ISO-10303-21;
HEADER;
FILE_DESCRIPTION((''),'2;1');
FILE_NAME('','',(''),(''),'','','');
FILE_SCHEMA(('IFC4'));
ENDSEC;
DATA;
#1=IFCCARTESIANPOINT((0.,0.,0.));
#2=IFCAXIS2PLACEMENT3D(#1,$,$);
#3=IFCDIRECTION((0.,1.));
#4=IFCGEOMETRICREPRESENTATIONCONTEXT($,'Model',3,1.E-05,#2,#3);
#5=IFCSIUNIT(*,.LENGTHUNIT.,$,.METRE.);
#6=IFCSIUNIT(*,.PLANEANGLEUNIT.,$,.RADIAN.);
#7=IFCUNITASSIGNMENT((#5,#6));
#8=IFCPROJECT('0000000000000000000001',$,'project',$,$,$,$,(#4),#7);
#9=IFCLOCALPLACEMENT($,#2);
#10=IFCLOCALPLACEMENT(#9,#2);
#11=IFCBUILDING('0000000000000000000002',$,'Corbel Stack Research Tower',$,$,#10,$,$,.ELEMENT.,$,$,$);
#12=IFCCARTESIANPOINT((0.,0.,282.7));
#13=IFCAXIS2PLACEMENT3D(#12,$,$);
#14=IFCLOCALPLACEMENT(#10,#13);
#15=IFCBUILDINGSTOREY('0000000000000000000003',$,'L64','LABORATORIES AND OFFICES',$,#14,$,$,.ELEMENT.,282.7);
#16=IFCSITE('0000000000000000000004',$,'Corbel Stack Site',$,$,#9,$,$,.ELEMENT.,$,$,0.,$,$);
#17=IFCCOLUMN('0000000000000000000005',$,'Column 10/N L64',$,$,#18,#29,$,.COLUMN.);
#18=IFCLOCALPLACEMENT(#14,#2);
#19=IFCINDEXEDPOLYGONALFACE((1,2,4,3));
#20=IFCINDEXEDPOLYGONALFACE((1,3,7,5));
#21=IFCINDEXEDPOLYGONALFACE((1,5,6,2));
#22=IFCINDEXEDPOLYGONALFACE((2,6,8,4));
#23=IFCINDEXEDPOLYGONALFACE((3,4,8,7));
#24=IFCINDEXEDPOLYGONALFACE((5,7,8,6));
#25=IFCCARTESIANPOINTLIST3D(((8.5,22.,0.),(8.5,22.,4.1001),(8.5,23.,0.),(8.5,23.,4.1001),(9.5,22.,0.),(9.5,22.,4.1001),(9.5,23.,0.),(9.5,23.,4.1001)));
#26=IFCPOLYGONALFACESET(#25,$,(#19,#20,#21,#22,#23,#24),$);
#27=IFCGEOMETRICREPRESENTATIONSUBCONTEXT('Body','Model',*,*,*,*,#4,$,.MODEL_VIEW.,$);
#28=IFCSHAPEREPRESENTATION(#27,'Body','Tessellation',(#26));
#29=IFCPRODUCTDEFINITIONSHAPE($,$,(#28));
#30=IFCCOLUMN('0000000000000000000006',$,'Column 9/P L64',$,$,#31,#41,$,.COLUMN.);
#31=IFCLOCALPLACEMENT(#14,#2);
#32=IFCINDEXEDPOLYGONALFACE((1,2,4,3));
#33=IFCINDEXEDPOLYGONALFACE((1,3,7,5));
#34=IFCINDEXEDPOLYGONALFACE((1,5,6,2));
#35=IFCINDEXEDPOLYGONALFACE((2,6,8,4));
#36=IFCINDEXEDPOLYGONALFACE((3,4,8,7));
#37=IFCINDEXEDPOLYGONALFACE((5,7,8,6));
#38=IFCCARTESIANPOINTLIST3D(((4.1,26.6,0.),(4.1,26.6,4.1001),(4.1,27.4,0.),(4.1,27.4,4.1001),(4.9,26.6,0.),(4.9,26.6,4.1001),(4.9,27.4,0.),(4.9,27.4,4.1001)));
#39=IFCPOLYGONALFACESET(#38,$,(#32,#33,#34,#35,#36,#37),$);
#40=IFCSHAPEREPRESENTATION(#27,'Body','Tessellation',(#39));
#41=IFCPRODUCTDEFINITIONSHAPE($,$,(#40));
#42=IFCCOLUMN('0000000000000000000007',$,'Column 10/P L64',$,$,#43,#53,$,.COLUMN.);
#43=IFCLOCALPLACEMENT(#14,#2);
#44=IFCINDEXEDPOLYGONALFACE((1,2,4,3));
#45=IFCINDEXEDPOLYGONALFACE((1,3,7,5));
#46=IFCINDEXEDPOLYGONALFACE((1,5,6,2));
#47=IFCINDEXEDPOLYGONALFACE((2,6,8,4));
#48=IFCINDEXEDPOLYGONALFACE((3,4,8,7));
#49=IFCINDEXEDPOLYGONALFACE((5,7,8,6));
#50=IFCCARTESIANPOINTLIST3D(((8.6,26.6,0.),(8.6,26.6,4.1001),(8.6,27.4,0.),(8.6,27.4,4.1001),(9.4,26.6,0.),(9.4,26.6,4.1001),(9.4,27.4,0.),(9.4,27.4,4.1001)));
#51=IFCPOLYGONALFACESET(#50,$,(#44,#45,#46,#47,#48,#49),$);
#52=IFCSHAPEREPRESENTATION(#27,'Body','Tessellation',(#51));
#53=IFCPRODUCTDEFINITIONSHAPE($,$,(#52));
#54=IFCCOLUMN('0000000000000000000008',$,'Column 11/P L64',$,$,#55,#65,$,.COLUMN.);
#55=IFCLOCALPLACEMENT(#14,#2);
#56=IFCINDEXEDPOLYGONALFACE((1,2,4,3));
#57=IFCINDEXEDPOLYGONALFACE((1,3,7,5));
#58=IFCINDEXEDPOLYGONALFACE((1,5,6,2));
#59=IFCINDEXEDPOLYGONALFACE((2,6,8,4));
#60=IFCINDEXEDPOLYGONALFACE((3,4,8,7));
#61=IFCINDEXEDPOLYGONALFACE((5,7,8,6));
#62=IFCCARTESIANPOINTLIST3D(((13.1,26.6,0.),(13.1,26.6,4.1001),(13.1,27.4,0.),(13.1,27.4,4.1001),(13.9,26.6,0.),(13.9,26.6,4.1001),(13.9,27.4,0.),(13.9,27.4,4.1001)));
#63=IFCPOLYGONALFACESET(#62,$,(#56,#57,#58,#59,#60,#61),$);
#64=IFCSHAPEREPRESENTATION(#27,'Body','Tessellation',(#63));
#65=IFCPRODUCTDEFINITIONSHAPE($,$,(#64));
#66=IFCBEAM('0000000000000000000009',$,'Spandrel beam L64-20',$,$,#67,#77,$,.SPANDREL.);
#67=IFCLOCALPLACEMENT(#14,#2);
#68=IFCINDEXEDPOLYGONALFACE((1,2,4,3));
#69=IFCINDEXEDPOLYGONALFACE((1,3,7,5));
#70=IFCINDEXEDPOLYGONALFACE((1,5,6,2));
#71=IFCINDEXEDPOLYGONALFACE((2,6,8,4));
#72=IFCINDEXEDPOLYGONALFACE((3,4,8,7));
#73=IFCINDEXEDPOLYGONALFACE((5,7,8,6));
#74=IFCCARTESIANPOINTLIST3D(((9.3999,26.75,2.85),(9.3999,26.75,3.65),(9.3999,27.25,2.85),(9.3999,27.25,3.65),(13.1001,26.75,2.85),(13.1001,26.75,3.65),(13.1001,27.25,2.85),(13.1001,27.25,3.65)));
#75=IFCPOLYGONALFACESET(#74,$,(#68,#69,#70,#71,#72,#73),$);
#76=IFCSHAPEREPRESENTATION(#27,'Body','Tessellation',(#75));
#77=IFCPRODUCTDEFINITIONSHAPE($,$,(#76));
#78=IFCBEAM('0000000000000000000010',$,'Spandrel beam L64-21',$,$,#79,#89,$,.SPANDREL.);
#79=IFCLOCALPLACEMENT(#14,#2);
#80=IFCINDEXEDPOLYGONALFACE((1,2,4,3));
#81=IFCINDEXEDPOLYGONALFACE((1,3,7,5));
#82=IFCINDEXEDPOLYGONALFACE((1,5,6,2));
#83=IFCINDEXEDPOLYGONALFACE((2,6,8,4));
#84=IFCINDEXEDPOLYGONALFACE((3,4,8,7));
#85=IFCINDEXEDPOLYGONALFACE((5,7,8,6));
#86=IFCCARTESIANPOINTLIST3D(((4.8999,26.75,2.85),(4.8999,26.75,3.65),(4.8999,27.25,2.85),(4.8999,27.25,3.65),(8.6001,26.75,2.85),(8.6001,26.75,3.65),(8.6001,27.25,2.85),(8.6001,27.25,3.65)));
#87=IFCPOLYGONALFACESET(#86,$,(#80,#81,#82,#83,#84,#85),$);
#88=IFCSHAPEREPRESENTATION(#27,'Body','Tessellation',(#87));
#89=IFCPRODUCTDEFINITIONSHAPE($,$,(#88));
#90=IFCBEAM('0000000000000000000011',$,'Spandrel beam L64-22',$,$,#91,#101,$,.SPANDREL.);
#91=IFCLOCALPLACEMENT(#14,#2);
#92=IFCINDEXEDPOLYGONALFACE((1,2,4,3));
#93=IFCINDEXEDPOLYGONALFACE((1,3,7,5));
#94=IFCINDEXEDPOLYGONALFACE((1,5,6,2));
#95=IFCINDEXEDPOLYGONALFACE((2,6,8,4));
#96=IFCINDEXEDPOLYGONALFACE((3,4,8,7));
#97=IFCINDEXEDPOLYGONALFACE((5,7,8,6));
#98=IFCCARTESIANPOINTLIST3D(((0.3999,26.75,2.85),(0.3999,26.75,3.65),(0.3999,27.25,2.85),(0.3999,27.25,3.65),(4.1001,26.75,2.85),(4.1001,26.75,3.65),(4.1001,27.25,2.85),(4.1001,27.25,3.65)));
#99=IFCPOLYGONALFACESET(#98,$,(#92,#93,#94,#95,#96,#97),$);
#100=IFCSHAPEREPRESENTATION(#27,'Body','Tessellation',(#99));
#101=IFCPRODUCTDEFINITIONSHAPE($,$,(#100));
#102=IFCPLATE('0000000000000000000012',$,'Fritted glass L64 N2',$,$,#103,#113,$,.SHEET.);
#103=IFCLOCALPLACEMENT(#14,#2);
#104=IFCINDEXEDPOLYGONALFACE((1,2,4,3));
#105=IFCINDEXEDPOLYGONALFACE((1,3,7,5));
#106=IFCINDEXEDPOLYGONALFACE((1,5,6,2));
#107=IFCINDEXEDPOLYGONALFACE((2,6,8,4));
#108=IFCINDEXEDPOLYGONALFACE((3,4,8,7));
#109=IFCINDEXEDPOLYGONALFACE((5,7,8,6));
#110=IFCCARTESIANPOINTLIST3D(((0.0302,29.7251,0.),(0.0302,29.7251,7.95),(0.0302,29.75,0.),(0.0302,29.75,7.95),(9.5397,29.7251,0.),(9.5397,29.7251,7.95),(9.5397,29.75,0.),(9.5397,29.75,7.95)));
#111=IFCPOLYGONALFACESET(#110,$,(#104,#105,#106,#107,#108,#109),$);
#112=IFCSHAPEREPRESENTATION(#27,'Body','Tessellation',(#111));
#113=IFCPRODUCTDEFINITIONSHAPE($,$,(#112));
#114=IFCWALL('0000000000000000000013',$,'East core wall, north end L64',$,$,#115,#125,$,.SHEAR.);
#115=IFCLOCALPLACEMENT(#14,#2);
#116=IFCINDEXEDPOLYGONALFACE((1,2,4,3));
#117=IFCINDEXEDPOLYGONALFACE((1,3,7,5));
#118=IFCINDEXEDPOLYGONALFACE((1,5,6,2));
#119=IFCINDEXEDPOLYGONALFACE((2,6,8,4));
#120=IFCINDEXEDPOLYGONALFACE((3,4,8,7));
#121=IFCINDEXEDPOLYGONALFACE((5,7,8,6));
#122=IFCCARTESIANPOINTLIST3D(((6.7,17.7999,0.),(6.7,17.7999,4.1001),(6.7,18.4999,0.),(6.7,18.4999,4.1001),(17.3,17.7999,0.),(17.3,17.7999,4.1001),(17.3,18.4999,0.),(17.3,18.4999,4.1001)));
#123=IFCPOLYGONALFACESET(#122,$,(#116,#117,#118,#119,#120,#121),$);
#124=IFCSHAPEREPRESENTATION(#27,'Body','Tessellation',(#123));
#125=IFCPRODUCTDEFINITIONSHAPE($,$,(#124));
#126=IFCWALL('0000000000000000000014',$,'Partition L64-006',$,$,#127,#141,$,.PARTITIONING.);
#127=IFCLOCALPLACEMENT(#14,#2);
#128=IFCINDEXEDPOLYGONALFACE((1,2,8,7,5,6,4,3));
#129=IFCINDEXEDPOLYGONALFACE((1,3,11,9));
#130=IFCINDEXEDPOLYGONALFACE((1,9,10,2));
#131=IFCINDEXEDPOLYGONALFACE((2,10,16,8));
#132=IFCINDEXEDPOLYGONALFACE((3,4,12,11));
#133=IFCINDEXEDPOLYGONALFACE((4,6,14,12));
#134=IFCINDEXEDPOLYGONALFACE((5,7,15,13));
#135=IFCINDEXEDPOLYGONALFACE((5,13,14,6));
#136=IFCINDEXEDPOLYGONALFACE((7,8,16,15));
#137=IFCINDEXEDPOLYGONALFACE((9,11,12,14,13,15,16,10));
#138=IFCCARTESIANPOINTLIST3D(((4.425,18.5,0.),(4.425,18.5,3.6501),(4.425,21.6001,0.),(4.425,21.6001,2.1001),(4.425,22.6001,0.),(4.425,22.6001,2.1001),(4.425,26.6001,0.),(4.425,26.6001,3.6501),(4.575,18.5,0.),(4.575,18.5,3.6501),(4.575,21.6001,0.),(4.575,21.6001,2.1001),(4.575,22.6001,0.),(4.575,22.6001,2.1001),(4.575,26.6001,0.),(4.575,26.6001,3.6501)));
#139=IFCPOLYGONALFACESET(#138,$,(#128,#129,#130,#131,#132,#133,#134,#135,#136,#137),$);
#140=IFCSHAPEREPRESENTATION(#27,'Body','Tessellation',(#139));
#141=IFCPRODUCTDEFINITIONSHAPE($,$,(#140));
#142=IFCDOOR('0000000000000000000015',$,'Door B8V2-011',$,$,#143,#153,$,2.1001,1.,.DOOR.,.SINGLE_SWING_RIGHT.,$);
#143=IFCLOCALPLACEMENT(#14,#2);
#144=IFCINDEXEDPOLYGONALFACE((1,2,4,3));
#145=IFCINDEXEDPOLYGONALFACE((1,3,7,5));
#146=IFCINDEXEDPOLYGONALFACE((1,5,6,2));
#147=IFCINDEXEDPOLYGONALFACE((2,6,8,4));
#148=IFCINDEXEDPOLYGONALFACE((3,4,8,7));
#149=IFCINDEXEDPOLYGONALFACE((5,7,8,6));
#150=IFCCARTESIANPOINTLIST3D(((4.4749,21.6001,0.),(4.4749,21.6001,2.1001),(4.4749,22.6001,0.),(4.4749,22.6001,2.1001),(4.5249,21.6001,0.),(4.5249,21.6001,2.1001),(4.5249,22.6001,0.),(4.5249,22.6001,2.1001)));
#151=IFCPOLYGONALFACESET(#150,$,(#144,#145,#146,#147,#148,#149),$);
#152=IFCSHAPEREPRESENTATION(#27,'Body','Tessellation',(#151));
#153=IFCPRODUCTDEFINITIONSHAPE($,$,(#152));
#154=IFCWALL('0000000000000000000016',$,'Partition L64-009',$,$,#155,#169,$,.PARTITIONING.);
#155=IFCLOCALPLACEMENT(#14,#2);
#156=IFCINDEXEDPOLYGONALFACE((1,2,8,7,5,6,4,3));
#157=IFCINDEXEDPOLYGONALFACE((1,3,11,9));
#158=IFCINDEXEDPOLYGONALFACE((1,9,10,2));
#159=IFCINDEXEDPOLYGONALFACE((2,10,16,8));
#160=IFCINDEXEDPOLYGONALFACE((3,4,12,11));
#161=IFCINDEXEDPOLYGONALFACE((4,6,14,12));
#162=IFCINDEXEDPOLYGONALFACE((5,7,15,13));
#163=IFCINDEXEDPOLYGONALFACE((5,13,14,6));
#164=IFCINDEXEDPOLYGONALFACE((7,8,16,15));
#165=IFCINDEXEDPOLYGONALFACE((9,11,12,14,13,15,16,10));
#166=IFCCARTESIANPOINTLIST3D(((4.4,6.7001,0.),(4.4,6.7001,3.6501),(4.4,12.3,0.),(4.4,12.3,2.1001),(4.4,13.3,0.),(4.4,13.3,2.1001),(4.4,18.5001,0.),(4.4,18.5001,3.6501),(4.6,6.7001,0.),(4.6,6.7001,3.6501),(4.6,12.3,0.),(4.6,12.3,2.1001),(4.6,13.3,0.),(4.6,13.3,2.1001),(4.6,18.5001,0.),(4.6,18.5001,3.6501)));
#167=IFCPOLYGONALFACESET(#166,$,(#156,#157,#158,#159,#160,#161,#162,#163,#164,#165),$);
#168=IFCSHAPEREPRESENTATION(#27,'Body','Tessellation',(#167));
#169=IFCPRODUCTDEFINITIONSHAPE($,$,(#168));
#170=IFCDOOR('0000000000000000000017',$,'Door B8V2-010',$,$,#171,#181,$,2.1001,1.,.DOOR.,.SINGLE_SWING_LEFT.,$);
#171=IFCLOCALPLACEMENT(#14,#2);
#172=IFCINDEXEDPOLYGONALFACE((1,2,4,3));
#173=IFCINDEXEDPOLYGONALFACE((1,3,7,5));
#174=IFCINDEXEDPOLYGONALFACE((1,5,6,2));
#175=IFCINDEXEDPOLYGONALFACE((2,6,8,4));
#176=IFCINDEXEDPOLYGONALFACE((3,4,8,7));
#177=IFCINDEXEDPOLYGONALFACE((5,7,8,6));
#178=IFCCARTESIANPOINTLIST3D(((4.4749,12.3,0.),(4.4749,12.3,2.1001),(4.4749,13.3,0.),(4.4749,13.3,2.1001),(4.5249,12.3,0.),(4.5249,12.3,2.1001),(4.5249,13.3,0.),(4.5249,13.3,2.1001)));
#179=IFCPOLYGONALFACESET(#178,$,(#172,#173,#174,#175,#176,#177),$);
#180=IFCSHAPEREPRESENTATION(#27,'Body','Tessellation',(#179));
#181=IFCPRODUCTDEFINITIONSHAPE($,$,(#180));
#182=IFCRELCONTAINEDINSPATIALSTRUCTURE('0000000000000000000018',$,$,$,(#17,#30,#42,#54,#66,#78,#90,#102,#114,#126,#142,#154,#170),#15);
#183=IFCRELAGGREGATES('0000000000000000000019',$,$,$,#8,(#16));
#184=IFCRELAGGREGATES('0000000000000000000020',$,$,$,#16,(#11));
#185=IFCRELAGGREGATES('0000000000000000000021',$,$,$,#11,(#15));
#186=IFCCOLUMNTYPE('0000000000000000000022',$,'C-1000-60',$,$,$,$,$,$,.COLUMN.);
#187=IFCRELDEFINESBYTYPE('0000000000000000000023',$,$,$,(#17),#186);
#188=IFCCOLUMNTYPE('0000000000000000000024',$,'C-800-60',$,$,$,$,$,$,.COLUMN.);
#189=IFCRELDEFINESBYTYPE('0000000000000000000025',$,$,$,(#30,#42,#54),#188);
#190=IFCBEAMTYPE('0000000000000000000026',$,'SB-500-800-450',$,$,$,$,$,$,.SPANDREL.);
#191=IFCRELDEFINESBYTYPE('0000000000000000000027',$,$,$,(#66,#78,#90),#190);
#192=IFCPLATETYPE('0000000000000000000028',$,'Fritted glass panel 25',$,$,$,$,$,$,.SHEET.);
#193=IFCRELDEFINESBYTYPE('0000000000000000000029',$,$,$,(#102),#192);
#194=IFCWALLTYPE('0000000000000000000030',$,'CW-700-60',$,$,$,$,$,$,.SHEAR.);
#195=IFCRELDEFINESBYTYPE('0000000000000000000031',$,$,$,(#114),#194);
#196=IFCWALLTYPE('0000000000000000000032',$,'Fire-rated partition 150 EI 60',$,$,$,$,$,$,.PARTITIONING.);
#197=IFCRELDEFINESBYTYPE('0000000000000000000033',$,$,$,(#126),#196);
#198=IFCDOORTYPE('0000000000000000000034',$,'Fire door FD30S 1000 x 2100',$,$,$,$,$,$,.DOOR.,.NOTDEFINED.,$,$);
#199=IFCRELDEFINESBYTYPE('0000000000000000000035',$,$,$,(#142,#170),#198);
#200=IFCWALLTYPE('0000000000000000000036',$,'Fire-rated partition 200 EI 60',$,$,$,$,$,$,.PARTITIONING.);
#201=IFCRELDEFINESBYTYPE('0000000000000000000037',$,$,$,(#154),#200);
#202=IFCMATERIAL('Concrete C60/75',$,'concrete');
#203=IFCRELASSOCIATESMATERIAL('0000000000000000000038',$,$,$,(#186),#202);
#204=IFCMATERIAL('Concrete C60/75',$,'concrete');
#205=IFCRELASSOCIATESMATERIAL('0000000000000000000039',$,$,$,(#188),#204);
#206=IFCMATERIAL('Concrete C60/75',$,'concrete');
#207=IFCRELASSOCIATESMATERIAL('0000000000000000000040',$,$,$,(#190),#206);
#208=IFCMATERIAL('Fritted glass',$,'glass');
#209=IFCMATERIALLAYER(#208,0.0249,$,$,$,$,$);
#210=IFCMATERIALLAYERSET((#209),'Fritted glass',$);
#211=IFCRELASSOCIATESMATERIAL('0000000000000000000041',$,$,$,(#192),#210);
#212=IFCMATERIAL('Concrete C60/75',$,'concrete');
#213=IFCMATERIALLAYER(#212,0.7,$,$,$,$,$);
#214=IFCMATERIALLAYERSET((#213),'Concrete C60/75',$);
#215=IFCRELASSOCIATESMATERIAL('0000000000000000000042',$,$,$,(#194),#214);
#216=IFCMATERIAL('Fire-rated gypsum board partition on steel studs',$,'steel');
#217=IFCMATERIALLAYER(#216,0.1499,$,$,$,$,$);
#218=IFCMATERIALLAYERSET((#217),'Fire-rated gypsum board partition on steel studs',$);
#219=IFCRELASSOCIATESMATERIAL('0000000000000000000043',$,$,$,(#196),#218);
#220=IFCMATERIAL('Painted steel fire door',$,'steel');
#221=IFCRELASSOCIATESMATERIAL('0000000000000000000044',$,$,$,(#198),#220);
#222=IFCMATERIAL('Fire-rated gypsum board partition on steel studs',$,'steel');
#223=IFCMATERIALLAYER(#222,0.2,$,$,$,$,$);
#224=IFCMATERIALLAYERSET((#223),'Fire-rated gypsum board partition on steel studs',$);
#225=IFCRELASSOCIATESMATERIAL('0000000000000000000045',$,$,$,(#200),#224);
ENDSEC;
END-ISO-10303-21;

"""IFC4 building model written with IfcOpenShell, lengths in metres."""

from ifc_helpers import new_model, si_unit, direction, frame, frame_2d, origin, origin_2d, place, context, subcontext, project, spatial, rectangle, extrude, material, layer, layer_set, material_profile, profile_set, type_object, element, fill, save


model = new_model("IFC4")

# Units and contexts
model_context = context("Model", 3, precision=1e-05, world=origin(), true_north=direction((0.0, 1.0)))
body_context = subcontext(model_context, "Body", "Model", "MODEL_VIEW")
ifc_project = project(units=[si_unit("LENGTHUNIT", "METRE"), si_unit("PLANEANGLEUNIT", "RADIAN")], contexts=[model_context])

# Site, building, storey
site_placement = place(None, origin())
site = spatial("IfcSite", under=ifc_project, at=site_placement, Name="Corbel Stack Site", CompositionType="ELEMENT", RefElevation=0.0)
building_placement = place(site_placement, origin())
building = spatial("IfcBuilding", under=site, at=building_placement, Name="Corbel Stack Research Tower", CompositionType="ELEMENT")
storey_placement = place(building_placement, frame((0.0, 0.0, 282.7)))
storey = spatial("IfcBuildingStorey", under=building, at=storey_placement, Name="L64", Description="LABORATORIES AND OFFICES", CompositionType="ELEMENT", Elevation=282.7)

# Columns
ifc_material_1 = material(Name="Concrete C60/75", Category="concrete")
ifc_material_profile_1 = material_profile(ifc_material_1, rectangle(XDim=1.0, YDim=1.0, at=origin_2d()), Name="RC 1000 x 1000")
ifc_profile_set_1 = profile_set([ifc_material_profile_1], Name="Concrete C60/75")
column_type_1 = type_object("IfcColumnType", Name="C-1000-60", PredefinedType="COLUMN", material=ifc_profile_set_1)
column_placement = place(storey_placement, frame((9.0, 22.5, 0.0), z_axis=(0.0, 0.0, 1.0), x_axis=(1.0, 0.0, 0.0)))
element("IfcColumn", 1, at=column_placement, inside=storey, type_object=column_type_1, Name="Column 10/N L64", PredefinedType="COLUMN", context=body_context, shape_type="SweptSolid", body=[
    extrude(rectangle(XDim=1.0, YDim=1.0, at=origin_2d()), origin(), (0.0, 0.0, 1.0), 4.1001),
])
ifc_material_2 = material(Name="Concrete C60/75", Category="concrete")
ifc_material_profile_2 = material_profile(ifc_material_2, rectangle(XDim=0.8, YDim=0.8, at=origin_2d()), Name="RC 800 x 800")
ifc_profile_set_2 = profile_set([ifc_material_profile_2], Name="Concrete C60/75")
column_type_2 = type_object("IfcColumnType", Name="C-800-60", PredefinedType="COLUMN", material=ifc_profile_set_2)
for number, where, z_axis, x_axis, name in (
    (2, (4.5, 27.0, 0.0), (0.0, 0.0, 1.0), (1.0, 0.0, 0.0), "Column 9/P L64"),
    (3, (9.0, 27.0, 0.0), (0.0, 0.0, 1.0), (1.0, 0.0, 0.0), "Column 10/P L64"),
    (4, (13.5, 27.0, 0.0), (0.0, 0.0, 1.0), (1.0, 0.0, 0.0), "Column 11/P L64"),
):
    element("IfcColumn", number, at=place(storey_placement, frame(where, z_axis=z_axis, x_axis=x_axis)), inside=storey, type_object=column_type_2, Name=name, PredefinedType="COLUMN", context=body_context, shape_type="SweptSolid", body=[
        extrude(rectangle(XDim=0.8, YDim=0.8, at=origin_2d()), origin(), (0.0, 0.0, 1.0), 4.1001),
    ])

# Beams
ifc_material_3 = material(Name="Concrete C60/75", Category="concrete")
ifc_material_profile_3 = material_profile(ifc_material_3, rectangle(XDim=0.5, YDim=0.8, at=origin_2d()), Name="RC 500 x 800")
ifc_profile_set_3 = profile_set([ifc_material_profile_3], Name="Concrete C60/75")
beam_type = type_object("IfcBeamType", Name="SB-500-800-450", PredefinedType="SPANDREL", material=ifc_profile_set_3)
for number, where, z_axis, x_axis, name in (
    (5, (13.1001, 27.0, 3.25), (-1.0, 0.0, 0.0), (0.0, -1.0, 0.0), "Spandrel beam L64-20"),
    (6, (8.6001, 27.0, 3.25), (-1.0, 0.0, 0.0), (0.0, -1.0, 0.0), "Spandrel beam L64-21"),
    (7, (4.1001, 27.0, 3.25), (-1.0, 0.0, 0.0), (0.0, -1.0, 0.0), "Spandrel beam L64-22"),
):
    element("IfcBeam", number, at=place(storey_placement, frame(where, z_axis=z_axis, x_axis=x_axis)), inside=storey, type_object=beam_type, Name=name, PredefinedType="SPANDREL", context=body_context, shape_type="SweptSolid", body=[
        extrude(rectangle(XDim=0.5, YDim=0.8, at=origin_2d()), origin(), (0.0, 0.0, 1.0), 3.7002),
    ])

# Plate
ifc_material_4 = material(Name="Fritted glass", Category="glass")
ifc_layer_1 = layer(ifc_material_4, 0.0249)
ifc_layer_set_1 = layer_set([ifc_layer_1], Name="Fritted glass")
plate_type = type_object("IfcPlateType", Name="Fritted glass panel 25", PredefinedType="SHEET", material=ifc_layer_set_1)
plate_placement = place(storey_placement, frame((4.7849, 29.7375, 0.0), z_axis=(0.0, 0.0, 1.0), x_axis=(-1.0, 0.0, 0.0)))
element("IfcPlate", 8, at=plate_placement, inside=storey, type_object=plate_type, Name="Fritted glass L64 N2", PredefinedType="SHEET", context=body_context, shape_type="SweptSolid", body=[
    extrude(rectangle(XDim=9.5095, YDim=0.0249, at=origin_2d()), origin(), (0.0, 0.0, 1.0), 7.95),
])

# Wall
ifc_material_5 = material(Name="Concrete C60/75", Category="concrete")
ifc_layer_2 = layer(ifc_material_5, 0.7)
ifc_layer_set_2 = layer_set([ifc_layer_2], Name="Concrete C60/75")
wall_type_1 = type_object("IfcWallType", Name="CW-700-60", PredefinedType="SHEAR", material=ifc_layer_set_2)
wall_1_placement = place(storey_placement, frame((6.7, 18.1499, 0.0), z_axis=(0.0, 0.0, 1.0), x_axis=(1.0, 0.0, 0.0)))
element("IfcWall", 9, at=wall_1_placement, inside=storey, type_object=wall_type_1, Name="East core wall, north end L64", PredefinedType="SHEAR", context=body_context, shape_type="SweptSolid", body=[
    extrude(rectangle(XDim=10.6001, YDim=0.7, at=frame_2d((5.3, 0.0))), origin(), (0.0, 0.0, 1.0), 4.1001),
])

# Walls, openings, doors
ifc_material_6 = material(Name="Fire-rated gypsum board partition on steel studs", Category="steel")
ifc_layer_3 = layer(ifc_material_6, 0.1499)
ifc_layer_set_3 = layer_set([ifc_layer_3], Name="Fire-rated gypsum board partition on steel studs")
wall_type_2 = type_object("IfcWallType", Name="Fire-rated partition 150 EI 60", PredefinedType="PARTITIONING", material=ifc_layer_set_3)
wall_2_placement = place(storey_placement, frame((4.5, 26.6001, 0.0), z_axis=(0.0, 0.0, 1.0), x_axis=(0.0, -1.0, 0.0)))
wall_2 = element("IfcWall", 10, at=wall_2_placement, inside=storey, type_object=wall_type_2, Name="Partition L64-006", PredefinedType="PARTITIONING", context=body_context, shape_type="SweptSolid", body=[
    extrude(rectangle(XDim=8.1001, YDim=0.1499, at=frame_2d((4.05, 0.0))), origin(), (0.0, 0.0, 1.0), 3.6501),
])
opening_1_placement = place(wall_2_placement, frame((4.0, 0.0, 0.0)))
opening_1 = element("IfcOpeningElement", 11, at=opening_1_placement, cuts=wall_2, PredefinedType="OPENING", context=body_context, shape_type="SweptSolid", body=[
    extrude(rectangle(XDim=1.0, YDim=2.1001, at=frame_2d((0.5, 1.05))), frame((0.0, 0.085, 0.0), z_axis=(0.0, -1.0, 0.0), x_axis=(1.0, 0.0, 0.0)), (0.0, 0.0, 1.0), 0.1699),
])
ifc_material_7 = material(Name="Painted steel fire door", Category="steel")
door_type_1 = type_object("IfcDoorType", Name="Fire door FD30S 1000 x 2100", OperationType="NOTDEFINED", PredefinedType="DOOR", material=ifc_material_7)
door_1_placement = place(opening_1_placement, origin())
door_1 = element("IfcDoor", 12, at=door_1_placement, inside=storey, type_object=door_type_1, Name="Door B8V2-011", OperationType="SINGLE_SWING_RIGHT", OverallHeight=2.1001, OverallWidth=1.0, PredefinedType="DOOR", context=body_context, shape_type="SweptSolid", body=[
    extrude(rectangle(XDim=1.0, YDim=2.1001, at=frame_2d((0.5, 1.05))), frame((0.0, 0.0249, 0.0), z_axis=(0.0, -1.0, 0.0), x_axis=(1.0, 0.0, 0.0)), (0.0, 0.0, 1.0), 0.05),
])
fill(opening_1, door_1)
ifc_material_8 = material(Name="Fire-rated gypsum board partition on steel studs", Category="steel")
ifc_layer_4 = layer(ifc_material_8, 0.2)
ifc_layer_set_4 = layer_set([ifc_layer_4], Name="Fire-rated gypsum board partition on steel studs")
wall_type_3 = type_object("IfcWallType", Name="Fire-rated partition 200 EI 60", PredefinedType="PARTITIONING", material=ifc_layer_set_4)
wall_3_placement = place(storey_placement, frame((4.5, 18.5, 0.0), z_axis=(0.0, 0.0, 1.0), x_axis=(0.0, -1.0, 0.0)))
wall_3 = element("IfcWall", 13, at=wall_3_placement, inside=storey, type_object=wall_type_3, Name="Partition L64-009", PredefinedType="PARTITIONING", context=body_context, shape_type="SweptSolid", body=[
    extrude(rectangle(XDim=11.8, YDim=0.2, at=frame_2d((5.8999, 0.0))), origin(), (0.0, 0.0, 1.0), 3.6501),
])
opening_2_placement = place(wall_3_placement, frame((5.2, 0.0, 0.0)))
opening_2 = element("IfcOpeningElement", 14, at=opening_2_placement, cuts=wall_3, PredefinedType="OPENING", context=body_context, shape_type="SweptSolid", body=[
    extrude(rectangle(XDim=1.0, YDim=2.1001, at=frame_2d((0.5, 1.05))), frame((0.0, 0.1099, 0.0), z_axis=(0.0, -1.0, 0.0), x_axis=(1.0, 0.0, 0.0)), (0.0, 0.0, 1.0), 0.22),
])
door_2_placement = place(opening_2_placement, origin())
door_2 = element("IfcDoor", 15, at=door_2_placement, inside=storey, type_object=door_type_1, Name="Door B8V2-010", OperationType="SINGLE_SWING_LEFT", OverallHeight=2.1001, OverallWidth=1.0, PredefinedType="DOOR", context=body_context, shape_type="SweptSolid", body=[
    extrude(rectangle(XDim=1.0, YDim=2.1001, at=frame_2d((0.5, 1.05))), frame((0.0, 0.0249, 0.0), z_axis=(0.0, -1.0, 0.0), x_axis=(1.0, 0.0, 0.0)), (0.0, 0.0, 1.0), 0.05),
])
fill(opening_2, door_2)

save(model, "model.ifc")
